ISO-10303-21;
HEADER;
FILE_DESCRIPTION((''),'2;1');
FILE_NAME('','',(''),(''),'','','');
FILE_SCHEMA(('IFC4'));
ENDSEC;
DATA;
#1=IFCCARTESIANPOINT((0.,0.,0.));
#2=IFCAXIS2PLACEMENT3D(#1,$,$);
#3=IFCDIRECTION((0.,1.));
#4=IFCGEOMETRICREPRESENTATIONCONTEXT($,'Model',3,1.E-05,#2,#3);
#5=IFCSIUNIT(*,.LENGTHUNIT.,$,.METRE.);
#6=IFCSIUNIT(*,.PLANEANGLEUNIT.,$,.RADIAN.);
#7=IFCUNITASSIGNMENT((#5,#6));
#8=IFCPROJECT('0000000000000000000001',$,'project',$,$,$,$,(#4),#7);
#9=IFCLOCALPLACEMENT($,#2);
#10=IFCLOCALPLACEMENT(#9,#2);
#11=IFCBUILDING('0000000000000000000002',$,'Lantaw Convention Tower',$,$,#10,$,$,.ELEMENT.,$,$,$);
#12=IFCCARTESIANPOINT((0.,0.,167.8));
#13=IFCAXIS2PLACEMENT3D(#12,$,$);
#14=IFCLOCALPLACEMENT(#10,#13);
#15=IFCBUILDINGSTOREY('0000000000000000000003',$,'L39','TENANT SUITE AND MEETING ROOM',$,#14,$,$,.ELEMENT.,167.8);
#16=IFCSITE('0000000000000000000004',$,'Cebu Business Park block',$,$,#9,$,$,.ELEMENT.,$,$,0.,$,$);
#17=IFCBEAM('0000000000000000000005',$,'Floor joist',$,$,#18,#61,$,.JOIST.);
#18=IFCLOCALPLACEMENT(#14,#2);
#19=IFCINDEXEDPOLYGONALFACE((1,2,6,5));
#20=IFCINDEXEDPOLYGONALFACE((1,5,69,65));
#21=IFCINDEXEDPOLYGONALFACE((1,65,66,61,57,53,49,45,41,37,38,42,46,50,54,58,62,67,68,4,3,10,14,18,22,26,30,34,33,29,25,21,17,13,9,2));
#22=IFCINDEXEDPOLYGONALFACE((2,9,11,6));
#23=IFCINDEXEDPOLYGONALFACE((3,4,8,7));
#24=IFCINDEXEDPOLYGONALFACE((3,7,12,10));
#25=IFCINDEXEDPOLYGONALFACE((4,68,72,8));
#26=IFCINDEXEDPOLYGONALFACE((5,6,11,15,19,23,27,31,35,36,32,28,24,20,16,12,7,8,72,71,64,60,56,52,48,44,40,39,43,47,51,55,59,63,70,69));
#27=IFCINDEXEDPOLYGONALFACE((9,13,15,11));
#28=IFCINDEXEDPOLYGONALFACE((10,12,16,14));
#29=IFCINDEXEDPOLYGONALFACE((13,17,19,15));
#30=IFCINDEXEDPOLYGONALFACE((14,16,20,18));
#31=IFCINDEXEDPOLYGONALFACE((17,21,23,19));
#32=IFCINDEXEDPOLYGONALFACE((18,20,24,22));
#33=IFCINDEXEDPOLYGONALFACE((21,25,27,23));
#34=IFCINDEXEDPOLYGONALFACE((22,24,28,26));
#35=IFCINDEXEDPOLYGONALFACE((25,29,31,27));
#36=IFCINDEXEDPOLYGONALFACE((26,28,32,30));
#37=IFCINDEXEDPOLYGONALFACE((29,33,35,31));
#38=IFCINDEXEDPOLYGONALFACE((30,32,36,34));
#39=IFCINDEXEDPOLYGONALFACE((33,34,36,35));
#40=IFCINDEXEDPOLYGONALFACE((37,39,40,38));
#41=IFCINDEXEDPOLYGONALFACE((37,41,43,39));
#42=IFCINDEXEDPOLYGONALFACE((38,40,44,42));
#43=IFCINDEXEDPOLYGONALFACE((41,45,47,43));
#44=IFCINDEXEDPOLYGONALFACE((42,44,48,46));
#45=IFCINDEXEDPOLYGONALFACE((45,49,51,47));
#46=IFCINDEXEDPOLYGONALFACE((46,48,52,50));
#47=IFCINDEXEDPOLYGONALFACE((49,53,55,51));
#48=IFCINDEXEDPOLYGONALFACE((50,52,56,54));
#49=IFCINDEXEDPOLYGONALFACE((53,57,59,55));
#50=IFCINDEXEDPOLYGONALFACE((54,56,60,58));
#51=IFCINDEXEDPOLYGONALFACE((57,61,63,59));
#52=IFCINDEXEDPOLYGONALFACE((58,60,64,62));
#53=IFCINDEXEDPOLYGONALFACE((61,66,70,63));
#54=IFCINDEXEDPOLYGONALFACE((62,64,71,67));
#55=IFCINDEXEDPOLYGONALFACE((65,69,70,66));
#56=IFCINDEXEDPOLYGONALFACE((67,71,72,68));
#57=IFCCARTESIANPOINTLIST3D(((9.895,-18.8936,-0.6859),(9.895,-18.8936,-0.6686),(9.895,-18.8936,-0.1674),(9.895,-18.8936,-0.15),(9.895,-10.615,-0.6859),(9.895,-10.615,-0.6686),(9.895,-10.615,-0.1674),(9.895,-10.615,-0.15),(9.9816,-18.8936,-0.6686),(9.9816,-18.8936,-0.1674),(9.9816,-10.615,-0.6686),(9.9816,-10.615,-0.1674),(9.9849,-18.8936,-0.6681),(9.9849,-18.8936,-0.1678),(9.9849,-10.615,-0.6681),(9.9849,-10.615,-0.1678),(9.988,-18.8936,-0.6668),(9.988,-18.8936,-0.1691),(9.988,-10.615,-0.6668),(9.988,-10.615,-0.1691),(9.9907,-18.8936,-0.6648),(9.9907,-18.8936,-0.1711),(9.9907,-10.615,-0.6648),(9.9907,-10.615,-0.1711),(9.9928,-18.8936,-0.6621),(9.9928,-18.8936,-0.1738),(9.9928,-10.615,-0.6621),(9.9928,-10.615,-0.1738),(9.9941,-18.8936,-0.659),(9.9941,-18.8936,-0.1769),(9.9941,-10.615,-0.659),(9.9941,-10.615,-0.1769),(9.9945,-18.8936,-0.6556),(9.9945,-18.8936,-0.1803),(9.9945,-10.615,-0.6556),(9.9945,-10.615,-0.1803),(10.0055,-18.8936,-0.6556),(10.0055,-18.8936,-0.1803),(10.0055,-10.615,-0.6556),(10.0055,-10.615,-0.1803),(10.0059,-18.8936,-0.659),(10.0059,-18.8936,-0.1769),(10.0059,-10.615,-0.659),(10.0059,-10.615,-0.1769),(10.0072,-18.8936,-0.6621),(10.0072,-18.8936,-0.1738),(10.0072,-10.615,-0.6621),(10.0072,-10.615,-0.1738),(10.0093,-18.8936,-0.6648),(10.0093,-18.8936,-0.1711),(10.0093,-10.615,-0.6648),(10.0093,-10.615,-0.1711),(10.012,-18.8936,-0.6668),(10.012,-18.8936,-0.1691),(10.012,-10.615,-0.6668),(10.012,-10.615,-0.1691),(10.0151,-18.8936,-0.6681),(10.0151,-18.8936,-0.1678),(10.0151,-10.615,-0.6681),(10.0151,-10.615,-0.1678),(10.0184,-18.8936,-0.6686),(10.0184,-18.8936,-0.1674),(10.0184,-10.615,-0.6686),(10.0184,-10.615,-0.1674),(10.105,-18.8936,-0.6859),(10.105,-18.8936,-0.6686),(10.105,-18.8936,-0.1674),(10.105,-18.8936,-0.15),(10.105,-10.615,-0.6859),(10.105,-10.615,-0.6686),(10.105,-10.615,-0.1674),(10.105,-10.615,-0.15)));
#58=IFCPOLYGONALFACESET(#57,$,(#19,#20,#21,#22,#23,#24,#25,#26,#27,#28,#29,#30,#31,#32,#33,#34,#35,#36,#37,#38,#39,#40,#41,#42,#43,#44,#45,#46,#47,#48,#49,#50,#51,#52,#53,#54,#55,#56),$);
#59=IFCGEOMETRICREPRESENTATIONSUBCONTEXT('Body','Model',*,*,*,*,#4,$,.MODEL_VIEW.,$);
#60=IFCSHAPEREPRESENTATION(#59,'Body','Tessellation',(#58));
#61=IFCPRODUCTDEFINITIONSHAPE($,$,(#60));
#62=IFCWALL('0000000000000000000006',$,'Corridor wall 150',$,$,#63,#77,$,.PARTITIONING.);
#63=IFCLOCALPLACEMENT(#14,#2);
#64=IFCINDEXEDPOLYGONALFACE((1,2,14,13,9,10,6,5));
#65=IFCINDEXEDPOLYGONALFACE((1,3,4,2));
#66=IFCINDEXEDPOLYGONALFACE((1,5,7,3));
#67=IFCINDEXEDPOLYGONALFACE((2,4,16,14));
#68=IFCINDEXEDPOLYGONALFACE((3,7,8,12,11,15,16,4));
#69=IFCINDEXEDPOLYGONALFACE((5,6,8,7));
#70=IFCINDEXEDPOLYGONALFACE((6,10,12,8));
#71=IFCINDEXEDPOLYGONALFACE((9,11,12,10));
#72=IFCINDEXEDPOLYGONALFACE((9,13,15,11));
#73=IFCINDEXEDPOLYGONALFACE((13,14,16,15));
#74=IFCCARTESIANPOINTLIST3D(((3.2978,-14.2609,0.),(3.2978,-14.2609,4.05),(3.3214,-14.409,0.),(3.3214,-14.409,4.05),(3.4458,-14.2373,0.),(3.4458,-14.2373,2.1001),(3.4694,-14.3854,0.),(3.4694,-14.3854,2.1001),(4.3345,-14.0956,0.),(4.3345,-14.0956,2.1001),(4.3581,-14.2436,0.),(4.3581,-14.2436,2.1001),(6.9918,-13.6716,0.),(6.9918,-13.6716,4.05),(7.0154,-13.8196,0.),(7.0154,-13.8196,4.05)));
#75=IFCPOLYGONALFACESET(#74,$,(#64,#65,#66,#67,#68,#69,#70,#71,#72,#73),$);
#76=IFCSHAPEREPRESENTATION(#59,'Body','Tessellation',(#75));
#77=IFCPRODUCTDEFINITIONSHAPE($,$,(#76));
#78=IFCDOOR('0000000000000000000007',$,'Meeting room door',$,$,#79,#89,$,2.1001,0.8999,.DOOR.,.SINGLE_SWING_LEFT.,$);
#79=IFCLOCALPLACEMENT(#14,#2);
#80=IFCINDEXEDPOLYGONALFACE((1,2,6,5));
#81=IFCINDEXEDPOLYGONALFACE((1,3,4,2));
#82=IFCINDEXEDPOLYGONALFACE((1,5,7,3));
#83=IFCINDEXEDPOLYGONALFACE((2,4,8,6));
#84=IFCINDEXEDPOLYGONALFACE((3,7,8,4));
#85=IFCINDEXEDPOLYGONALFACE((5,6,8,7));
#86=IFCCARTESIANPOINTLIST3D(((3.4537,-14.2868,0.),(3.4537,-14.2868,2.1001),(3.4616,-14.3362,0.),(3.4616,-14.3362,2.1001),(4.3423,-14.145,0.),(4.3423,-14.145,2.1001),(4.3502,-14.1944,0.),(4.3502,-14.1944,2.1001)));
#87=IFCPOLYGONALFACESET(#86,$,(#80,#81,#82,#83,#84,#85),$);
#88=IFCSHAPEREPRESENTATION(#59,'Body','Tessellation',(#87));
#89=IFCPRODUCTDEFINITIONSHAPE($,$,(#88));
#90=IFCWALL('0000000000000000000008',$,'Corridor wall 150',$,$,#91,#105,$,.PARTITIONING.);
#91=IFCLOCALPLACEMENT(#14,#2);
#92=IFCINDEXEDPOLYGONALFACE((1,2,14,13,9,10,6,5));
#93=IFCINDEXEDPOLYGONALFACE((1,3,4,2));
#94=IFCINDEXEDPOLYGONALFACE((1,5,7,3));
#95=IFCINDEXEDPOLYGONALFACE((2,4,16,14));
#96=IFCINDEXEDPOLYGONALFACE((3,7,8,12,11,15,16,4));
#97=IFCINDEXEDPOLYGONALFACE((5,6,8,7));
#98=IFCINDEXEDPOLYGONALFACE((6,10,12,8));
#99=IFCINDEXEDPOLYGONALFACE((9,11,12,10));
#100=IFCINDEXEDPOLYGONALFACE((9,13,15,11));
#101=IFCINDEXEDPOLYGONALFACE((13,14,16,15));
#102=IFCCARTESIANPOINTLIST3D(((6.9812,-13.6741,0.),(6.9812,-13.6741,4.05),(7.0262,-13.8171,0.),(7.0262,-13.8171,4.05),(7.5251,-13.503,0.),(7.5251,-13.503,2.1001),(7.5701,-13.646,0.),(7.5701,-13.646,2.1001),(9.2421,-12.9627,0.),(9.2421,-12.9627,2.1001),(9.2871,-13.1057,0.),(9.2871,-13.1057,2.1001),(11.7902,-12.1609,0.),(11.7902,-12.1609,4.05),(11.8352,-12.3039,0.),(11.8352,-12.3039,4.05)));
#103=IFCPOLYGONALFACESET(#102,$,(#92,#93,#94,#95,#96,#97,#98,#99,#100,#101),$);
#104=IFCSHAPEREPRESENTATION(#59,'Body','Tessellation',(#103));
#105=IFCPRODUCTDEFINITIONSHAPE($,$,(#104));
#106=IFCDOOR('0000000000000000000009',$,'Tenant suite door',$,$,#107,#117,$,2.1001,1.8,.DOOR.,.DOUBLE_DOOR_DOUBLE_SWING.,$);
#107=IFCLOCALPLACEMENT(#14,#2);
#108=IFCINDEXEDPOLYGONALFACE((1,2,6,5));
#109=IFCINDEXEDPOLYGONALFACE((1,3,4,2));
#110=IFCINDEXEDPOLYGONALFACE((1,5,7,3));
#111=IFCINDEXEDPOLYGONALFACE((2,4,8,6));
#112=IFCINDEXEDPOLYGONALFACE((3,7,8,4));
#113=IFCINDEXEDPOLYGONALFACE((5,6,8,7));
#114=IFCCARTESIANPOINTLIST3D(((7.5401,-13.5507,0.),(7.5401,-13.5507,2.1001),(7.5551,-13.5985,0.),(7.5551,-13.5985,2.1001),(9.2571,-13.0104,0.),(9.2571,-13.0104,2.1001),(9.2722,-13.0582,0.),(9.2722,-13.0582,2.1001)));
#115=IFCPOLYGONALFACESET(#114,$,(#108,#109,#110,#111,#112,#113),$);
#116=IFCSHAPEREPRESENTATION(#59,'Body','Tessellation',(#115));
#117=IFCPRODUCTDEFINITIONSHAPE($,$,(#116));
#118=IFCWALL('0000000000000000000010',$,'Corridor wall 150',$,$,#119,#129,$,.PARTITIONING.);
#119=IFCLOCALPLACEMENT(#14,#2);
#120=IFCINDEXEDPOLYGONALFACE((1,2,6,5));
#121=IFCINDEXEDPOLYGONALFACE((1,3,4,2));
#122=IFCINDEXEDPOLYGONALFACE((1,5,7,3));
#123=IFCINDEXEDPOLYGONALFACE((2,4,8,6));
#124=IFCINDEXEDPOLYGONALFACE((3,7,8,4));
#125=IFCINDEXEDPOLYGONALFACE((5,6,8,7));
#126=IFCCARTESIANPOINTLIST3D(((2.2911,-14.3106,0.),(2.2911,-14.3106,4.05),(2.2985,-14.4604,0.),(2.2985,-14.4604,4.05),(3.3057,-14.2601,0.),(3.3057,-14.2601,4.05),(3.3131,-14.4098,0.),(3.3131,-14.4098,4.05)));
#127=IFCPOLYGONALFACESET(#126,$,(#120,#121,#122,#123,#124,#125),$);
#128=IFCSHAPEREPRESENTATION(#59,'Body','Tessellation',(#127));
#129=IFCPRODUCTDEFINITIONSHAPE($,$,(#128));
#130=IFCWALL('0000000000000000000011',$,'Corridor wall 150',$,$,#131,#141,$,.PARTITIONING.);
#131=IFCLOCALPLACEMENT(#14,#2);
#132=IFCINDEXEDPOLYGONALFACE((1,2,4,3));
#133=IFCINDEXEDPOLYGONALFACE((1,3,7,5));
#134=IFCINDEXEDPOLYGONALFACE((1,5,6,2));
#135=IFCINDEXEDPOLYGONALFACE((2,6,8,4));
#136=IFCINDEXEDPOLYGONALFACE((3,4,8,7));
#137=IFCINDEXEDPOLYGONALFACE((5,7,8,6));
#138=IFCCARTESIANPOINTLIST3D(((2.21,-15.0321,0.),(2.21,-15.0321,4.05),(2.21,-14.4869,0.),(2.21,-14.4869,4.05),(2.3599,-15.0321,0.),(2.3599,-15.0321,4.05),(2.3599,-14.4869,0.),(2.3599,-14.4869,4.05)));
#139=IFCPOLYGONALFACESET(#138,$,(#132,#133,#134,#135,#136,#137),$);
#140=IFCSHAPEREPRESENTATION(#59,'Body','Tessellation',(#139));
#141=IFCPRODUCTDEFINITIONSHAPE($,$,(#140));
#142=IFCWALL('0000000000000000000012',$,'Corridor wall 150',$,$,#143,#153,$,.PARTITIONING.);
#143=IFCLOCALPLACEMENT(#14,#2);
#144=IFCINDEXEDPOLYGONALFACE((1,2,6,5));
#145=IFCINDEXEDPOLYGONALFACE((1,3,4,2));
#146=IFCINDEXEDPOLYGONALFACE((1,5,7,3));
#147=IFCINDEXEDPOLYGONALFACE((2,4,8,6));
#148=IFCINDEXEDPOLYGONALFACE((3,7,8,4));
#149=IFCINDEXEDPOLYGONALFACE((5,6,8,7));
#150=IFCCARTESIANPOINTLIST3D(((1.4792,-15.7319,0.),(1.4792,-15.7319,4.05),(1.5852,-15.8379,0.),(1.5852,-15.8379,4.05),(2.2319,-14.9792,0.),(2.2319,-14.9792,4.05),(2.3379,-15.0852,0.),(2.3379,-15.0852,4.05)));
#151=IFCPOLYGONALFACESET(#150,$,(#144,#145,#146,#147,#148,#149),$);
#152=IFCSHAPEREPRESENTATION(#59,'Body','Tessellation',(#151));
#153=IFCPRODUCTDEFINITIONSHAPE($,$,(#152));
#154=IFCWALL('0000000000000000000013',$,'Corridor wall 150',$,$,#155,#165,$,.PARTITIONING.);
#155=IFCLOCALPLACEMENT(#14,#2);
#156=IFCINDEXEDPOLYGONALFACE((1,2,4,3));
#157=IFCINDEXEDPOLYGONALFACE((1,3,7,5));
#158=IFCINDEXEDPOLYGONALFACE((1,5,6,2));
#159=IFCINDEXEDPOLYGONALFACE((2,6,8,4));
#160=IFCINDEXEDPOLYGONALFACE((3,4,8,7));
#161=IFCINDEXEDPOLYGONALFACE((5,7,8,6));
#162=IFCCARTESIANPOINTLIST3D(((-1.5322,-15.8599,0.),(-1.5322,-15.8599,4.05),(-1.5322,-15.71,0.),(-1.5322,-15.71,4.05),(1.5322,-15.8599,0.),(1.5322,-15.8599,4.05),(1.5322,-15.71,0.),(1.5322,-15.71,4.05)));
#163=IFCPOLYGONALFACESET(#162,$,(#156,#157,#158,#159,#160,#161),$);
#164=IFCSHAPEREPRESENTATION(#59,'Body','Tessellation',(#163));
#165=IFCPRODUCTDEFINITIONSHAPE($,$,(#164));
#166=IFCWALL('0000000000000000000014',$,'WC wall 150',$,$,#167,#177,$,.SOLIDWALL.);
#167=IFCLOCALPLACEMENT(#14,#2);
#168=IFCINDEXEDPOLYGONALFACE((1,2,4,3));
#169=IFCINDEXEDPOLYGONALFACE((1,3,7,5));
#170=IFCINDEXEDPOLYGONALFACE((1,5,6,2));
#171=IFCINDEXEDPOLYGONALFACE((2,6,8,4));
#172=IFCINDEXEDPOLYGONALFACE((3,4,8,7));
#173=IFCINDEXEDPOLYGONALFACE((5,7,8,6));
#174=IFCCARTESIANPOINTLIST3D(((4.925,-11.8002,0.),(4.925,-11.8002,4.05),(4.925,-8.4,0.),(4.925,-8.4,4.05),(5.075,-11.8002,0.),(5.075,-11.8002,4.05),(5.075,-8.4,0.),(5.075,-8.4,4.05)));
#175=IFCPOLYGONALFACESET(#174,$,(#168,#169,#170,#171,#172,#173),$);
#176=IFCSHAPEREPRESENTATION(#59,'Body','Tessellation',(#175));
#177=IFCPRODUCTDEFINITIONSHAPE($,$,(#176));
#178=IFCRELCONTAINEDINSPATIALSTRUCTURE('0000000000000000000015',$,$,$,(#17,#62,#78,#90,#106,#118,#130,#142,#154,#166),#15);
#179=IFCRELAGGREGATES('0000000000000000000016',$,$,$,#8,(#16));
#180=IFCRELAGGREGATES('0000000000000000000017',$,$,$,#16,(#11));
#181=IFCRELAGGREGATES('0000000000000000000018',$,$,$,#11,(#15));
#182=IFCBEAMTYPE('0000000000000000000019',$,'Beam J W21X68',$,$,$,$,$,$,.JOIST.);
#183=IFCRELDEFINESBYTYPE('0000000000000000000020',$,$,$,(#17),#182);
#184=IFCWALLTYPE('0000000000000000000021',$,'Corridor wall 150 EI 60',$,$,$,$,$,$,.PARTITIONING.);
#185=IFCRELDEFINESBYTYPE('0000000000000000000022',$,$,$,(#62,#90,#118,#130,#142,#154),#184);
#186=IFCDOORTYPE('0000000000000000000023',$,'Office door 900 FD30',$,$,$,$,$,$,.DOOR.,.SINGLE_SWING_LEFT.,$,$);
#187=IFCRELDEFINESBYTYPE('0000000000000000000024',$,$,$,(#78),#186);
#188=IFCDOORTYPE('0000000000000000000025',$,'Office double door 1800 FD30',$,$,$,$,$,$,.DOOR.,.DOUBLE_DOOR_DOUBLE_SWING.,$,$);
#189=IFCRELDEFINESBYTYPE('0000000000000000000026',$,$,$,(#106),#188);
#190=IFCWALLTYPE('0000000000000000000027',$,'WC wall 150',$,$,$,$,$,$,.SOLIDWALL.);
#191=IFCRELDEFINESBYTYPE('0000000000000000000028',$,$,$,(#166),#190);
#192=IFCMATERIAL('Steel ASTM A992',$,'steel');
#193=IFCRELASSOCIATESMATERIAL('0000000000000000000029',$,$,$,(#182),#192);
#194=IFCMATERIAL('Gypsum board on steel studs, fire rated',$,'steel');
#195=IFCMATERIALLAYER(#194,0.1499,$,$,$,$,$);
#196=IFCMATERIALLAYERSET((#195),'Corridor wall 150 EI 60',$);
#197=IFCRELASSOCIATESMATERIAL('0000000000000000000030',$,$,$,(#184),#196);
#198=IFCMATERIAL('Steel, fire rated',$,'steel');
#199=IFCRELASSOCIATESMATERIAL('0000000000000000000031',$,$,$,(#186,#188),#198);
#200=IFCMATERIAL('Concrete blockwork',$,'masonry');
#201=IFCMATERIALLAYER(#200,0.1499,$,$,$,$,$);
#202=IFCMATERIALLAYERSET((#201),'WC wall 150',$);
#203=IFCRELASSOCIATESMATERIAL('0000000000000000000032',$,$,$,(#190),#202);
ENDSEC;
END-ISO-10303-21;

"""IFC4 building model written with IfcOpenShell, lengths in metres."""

from ifc_helpers import new_model, si_unit, direction, frame, frame_2d, origin, origin_2d, place, context, subcontext, project, spatial, rectangle, i_section, extrude, material, layer, layer_set, material_profile, profile_set, type_object, element, fill, save


model = new_model("IFC4")

# Units and contexts
model_context = context("Model", 3, precision=1e-05, world=origin(), true_north=direction((0.0, 1.0)))
body_context = subcontext(model_context, "Body", "Model", "MODEL_VIEW")
ifc_project = project(units=[si_unit("LENGTHUNIT", "METRE"), si_unit("PLANEANGLEUNIT", "RADIAN")], contexts=[model_context])

# Site, building, storey
site_placement = place(None, origin())
site = spatial("IfcSite", under=ifc_project, at=site_placement, Name="Cebu Business Park block", CompositionType="ELEMENT", RefElevation=0.0)
building_placement = place(site_placement, origin())
building = spatial("IfcBuilding", under=site, at=building_placement, Name="Lantaw Convention Tower", CompositionType="ELEMENT")
storey_placement = place(building_placement, frame((0.0, 0.0, 167.8)))
storey = spatial("IfcBuildingStorey", under=building, at=storey_placement, Name="L39", Description="TENANT SUITE AND MEETING ROOM", CompositionType="ELEMENT", Elevation=167.8)

# Beam
ifc_material_1 = material(Name="Steel ASTM A992", Category="steel")
ifc_material_profile_1 = material_profile(ifc_material_1, i_section(OverallWidth=0.21, OverallDepth=0.5359, WebThickness=0.011, FlangeThickness=0.0173, FilletRadius=0.0129, at=origin_2d()), Name="W21X68")
ifc_profile_set_1 = profile_set([ifc_material_profile_1], Name="Steel ASTM A992")
beam_type_1 = type_object("IfcBeamType", Name="Beam J W21X68", PredefinedType="JOIST", material=ifc_profile_set_1)
beam_1_placement = place(storey_placement, frame((10.0, -18.8936, -0.418), z_axis=(0.0, 1.0, 0.0), x_axis=(-1.0, 0.0, 0.0)))
element("IfcBeam", 1, at=beam_1_placement, inside=storey, type_object=beam_type_1, Name="Floor joist", PredefinedType="JOIST", context=body_context, shape_type="SweptSolid", body=[
    extrude(i_section(OverallWidth=0.21, OverallDepth=0.5359, WebThickness=0.011, FlangeThickness=0.0173, FilletRadius=0.0129, at=origin_2d()), origin(), (0.0, 0.0, 1.0), 8.2786),
])

# Walls, openings, doors
ifc_material_2 = material(Name="Gypsum board on steel studs, fire rated", Category="steel")
ifc_layer_1 = layer(ifc_material_2, 0.1499)
ifc_layer_set_1 = layer_set([ifc_layer_1], Name="Corridor wall 150 EI 60")
wall_type_1 = type_object("IfcWallType", Name="Corridor wall 150 EI 60", PredefinedType="PARTITIONING", material=ifc_layer_set_1)
wall_1_placement = place(storey_placement, frame((3.3096, -14.335, 0.0), z_axis=(0.0, 0.0, 1.0), x_axis=(0.987511, 0.157548, 0.0)))
wall_1 = element("IfcWall", 2, at=wall_1_placement, inside=storey, type_object=wall_type_1, Name="Corridor wall 150", PredefinedType="PARTITIONING", context=body_context, shape_type="SweptSolid", body=[
    extrude(rectangle(XDim=3.7407, YDim=0.1499, at=frame_2d((1.8704, 0.0))), origin(), (0.0, 0.0, 1.0), 4.05),
])
opening_1_placement = place(wall_1_placement, frame((0.1499, 0.0, 0.0)))
opening_1 = element("IfcOpeningElement", 3, at=opening_1_placement, cuts=wall_1, PredefinedType="OPENING", context=body_context, shape_type="SweptSolid", body=[
    extrude(rectangle(XDim=0.8999, YDim=2.1001, at=frame_2d((0.45, 1.05))), frame((0.0, 0.085, 0.0), z_axis=(0.0, -1.0, 0.0), x_axis=(1.0, 0.0, 0.0)), (0.0, 0.0, 1.0), 0.1699),
])
ifc_material_3 = material(Name="Steel, fire rated", Category="steel")
door_type_1 = type_object("IfcDoorType", Name="Office door 900 FD30", OperationType="SINGLE_SWING_LEFT", PredefinedType="DOOR", material=ifc_material_3)
door_1_placement = place(opening_1_placement, origin())
door_1 = element("IfcDoor", 4, at=door_1_placement, inside=storey, type_object=door_type_1, Name="Meeting room door", OperationType="SINGLE_SWING_LEFT", OverallHeight=2.1001, OverallWidth=0.8999, PredefinedType="DOOR", context=body_context, shape_type="SweptSolid", body=[
    extrude(rectangle(XDim=0.8999, YDim=2.1001, at=frame_2d((0.45, 1.05))), frame((0.0, 0.0249, 0.0), z_axis=(0.0, -1.0, 0.0), x_axis=(1.0, 0.0, 0.0)), (0.0, 0.0, 1.0), 0.05),
])
fill(opening_1, door_1)
wall_2_placement = place(storey_placement, frame((7.0037, -13.7456, 0.0), z_axis=(0.0, 0.0, 1.0), x_axis=(0.953894, 0.300144, 0.0)))
wall_2 = element("IfcWall", 5, at=wall_2_placement, inside=storey, type_object=wall_type_1, Name="Corridor wall 150", PredefinedType="PARTITIONING", context=body_context, shape_type="SweptSolid", body=[
    extrude(rectangle(XDim=5.0415, YDim=0.1499, at=frame_2d((2.5208, 0.0))), origin(), (0.0, 0.0, 1.0), 4.05),
])
opening_2_placement = place(wall_2_placement, frame((0.5703, 0.0, 0.0)))
opening_2 = element("IfcOpeningElement", 6, at=opening_2_placement, cuts=wall_2, PredefinedType="OPENING", context=body_context, shape_type="SweptSolid", body=[
    extrude(rectangle(XDim=1.8, YDim=2.1001, at=frame_2d((0.8999, 1.05))), frame((0.0, 0.085, 0.0), z_axis=(0.0, -1.0, 0.0), x_axis=(1.0, 0.0, 0.0)), (0.0, 0.0, 1.0), 0.1699),
])
door_type_2 = type_object("IfcDoorType", Name="Office double door 1800 FD30", OperationType="DOUBLE_DOOR_DOUBLE_SWING", PredefinedType="DOOR", material=ifc_material_3)
door_2_placement = place(opening_2_placement, origin())
door_2 = element("IfcDoor", 7, at=door_2_placement, inside=storey, type_object=door_type_2, Name="Tenant suite door", OperationType="DOUBLE_DOOR_DOUBLE_SWING", OverallHeight=2.1001, OverallWidth=1.8, PredefinedType="DOOR", context=body_context, shape_type="SweptSolid", body=[
    extrude(rectangle(XDim=1.8, YDim=2.1001, at=frame_2d((0.8999, 1.05))), frame((0.0, 0.0249, 0.0), z_axis=(0.0, -1.0, 0.0), x_axis=(1.0, 0.0, 0.0)), (0.0, 0.0, 1.0), 0.05),
])
fill(opening_2, door_2)

# Walls
wall_3_placement = place(storey_placement, frame((2.2949, -14.3855, 0.0), z_axis=(0.0, 0.0, 1.0), x_axis=(0.998762, 0.049746, 0.0)))
element("IfcWall", 8, at=wall_3_placement, inside=storey, type_object=wall_type_1, Name="Corridor wall 150", PredefinedType="PARTITIONING", context=body_context, shape_type="SweptSolid", body=[
    extrude(rectangle(XDim=1.0159, YDim=0.1499, at=frame_2d((0.5078, 0.0))), origin(), (0.0, 0.0, 1.0), 4.05),
])
wall_4_placement = place(storey_placement, frame((2.2849, -14.4871, 0.0), z_axis=(0.0, 0.0, 1.0), x_axis=(0.0, -1.0, 0.0)))
element("IfcWall", 9, at=wall_4_placement, inside=storey, type_object=wall_type_1, Name="Corridor wall 150", PredefinedType="PARTITIONING", context=body_context, shape_type="SweptSolid", body=[
    extrude(rectangle(XDim=0.5452, YDim=0.1499, at=frame_2d((0.2725, 0.0))), origin(), (0.0, 0.0, 1.0), 4.05),
])
wall_5_placement = place(storey_placement, frame((2.2849, -15.0322, 0.0), z_axis=(0.0, 0.0, 1.0), x_axis=(-0.707107, -0.707107, 0.0)))
element("IfcWall", 10, at=wall_5_placement, inside=storey, type_object=wall_type_1, Name="Corridor wall 150", PredefinedType="PARTITIONING", context=body_context, shape_type="SweptSolid", body=[
    extrude(rectangle(XDim=1.0645, YDim=0.1499, at=frame_2d((0.5322, 0.0))), origin(), (0.0, 0.0, 1.0), 4.05),
])
wall_6_placement = place(storey_placement, frame((1.5322, -15.7849, 0.0), z_axis=(0.0, 0.0, 1.0), x_axis=(-1.0, 0.0, 0.0)))
element("IfcWall", 11, at=wall_6_placement, inside=storey, type_object=wall_type_1, Name="Corridor wall 150", PredefinedType="PARTITIONING", context=body_context, shape_type="SweptSolid", body=[
    extrude(rectangle(XDim=3.0645, YDim=0.1499, at=frame_2d((1.5322, 0.0))), origin(), (0.0, 0.0, 1.0), 4.05),
])
ifc_material_4 = material(Name="Concrete blockwork", Category="masonry")
ifc_layer_2 = layer(ifc_material_4, 0.1499)
ifc_layer_set_2 = layer_set([ifc_layer_2], Name="WC wall 150")
wall_type_2 = type_object("IfcWallType", Name="WC wall 150", PredefinedType="SOLIDWALL", material=ifc_layer_set_2)
for number, where, z_axis, x_axis, name in (
    (12, (5.0, -8.3999, 0.0), (0.0, 0.0, 1.0), (0.0, -1.0, 0.0), "WC wall 150"),
):
    element("IfcWall", number, at=place(storey_placement, frame(where, z_axis=z_axis, x_axis=x_axis)), inside=storey, type_object=wall_type_2, Name=name, PredefinedType="SOLIDWALL", context=body_context, shape_type="SweptSolid", body=[
        extrude(rectangle(XDim=3.4001, YDim=0.1499, at=frame_2d((1.7002, 0.0))), origin(), (0.0, 0.0, 1.0), 4.05),
    ])

save(model, "model.ifc")
